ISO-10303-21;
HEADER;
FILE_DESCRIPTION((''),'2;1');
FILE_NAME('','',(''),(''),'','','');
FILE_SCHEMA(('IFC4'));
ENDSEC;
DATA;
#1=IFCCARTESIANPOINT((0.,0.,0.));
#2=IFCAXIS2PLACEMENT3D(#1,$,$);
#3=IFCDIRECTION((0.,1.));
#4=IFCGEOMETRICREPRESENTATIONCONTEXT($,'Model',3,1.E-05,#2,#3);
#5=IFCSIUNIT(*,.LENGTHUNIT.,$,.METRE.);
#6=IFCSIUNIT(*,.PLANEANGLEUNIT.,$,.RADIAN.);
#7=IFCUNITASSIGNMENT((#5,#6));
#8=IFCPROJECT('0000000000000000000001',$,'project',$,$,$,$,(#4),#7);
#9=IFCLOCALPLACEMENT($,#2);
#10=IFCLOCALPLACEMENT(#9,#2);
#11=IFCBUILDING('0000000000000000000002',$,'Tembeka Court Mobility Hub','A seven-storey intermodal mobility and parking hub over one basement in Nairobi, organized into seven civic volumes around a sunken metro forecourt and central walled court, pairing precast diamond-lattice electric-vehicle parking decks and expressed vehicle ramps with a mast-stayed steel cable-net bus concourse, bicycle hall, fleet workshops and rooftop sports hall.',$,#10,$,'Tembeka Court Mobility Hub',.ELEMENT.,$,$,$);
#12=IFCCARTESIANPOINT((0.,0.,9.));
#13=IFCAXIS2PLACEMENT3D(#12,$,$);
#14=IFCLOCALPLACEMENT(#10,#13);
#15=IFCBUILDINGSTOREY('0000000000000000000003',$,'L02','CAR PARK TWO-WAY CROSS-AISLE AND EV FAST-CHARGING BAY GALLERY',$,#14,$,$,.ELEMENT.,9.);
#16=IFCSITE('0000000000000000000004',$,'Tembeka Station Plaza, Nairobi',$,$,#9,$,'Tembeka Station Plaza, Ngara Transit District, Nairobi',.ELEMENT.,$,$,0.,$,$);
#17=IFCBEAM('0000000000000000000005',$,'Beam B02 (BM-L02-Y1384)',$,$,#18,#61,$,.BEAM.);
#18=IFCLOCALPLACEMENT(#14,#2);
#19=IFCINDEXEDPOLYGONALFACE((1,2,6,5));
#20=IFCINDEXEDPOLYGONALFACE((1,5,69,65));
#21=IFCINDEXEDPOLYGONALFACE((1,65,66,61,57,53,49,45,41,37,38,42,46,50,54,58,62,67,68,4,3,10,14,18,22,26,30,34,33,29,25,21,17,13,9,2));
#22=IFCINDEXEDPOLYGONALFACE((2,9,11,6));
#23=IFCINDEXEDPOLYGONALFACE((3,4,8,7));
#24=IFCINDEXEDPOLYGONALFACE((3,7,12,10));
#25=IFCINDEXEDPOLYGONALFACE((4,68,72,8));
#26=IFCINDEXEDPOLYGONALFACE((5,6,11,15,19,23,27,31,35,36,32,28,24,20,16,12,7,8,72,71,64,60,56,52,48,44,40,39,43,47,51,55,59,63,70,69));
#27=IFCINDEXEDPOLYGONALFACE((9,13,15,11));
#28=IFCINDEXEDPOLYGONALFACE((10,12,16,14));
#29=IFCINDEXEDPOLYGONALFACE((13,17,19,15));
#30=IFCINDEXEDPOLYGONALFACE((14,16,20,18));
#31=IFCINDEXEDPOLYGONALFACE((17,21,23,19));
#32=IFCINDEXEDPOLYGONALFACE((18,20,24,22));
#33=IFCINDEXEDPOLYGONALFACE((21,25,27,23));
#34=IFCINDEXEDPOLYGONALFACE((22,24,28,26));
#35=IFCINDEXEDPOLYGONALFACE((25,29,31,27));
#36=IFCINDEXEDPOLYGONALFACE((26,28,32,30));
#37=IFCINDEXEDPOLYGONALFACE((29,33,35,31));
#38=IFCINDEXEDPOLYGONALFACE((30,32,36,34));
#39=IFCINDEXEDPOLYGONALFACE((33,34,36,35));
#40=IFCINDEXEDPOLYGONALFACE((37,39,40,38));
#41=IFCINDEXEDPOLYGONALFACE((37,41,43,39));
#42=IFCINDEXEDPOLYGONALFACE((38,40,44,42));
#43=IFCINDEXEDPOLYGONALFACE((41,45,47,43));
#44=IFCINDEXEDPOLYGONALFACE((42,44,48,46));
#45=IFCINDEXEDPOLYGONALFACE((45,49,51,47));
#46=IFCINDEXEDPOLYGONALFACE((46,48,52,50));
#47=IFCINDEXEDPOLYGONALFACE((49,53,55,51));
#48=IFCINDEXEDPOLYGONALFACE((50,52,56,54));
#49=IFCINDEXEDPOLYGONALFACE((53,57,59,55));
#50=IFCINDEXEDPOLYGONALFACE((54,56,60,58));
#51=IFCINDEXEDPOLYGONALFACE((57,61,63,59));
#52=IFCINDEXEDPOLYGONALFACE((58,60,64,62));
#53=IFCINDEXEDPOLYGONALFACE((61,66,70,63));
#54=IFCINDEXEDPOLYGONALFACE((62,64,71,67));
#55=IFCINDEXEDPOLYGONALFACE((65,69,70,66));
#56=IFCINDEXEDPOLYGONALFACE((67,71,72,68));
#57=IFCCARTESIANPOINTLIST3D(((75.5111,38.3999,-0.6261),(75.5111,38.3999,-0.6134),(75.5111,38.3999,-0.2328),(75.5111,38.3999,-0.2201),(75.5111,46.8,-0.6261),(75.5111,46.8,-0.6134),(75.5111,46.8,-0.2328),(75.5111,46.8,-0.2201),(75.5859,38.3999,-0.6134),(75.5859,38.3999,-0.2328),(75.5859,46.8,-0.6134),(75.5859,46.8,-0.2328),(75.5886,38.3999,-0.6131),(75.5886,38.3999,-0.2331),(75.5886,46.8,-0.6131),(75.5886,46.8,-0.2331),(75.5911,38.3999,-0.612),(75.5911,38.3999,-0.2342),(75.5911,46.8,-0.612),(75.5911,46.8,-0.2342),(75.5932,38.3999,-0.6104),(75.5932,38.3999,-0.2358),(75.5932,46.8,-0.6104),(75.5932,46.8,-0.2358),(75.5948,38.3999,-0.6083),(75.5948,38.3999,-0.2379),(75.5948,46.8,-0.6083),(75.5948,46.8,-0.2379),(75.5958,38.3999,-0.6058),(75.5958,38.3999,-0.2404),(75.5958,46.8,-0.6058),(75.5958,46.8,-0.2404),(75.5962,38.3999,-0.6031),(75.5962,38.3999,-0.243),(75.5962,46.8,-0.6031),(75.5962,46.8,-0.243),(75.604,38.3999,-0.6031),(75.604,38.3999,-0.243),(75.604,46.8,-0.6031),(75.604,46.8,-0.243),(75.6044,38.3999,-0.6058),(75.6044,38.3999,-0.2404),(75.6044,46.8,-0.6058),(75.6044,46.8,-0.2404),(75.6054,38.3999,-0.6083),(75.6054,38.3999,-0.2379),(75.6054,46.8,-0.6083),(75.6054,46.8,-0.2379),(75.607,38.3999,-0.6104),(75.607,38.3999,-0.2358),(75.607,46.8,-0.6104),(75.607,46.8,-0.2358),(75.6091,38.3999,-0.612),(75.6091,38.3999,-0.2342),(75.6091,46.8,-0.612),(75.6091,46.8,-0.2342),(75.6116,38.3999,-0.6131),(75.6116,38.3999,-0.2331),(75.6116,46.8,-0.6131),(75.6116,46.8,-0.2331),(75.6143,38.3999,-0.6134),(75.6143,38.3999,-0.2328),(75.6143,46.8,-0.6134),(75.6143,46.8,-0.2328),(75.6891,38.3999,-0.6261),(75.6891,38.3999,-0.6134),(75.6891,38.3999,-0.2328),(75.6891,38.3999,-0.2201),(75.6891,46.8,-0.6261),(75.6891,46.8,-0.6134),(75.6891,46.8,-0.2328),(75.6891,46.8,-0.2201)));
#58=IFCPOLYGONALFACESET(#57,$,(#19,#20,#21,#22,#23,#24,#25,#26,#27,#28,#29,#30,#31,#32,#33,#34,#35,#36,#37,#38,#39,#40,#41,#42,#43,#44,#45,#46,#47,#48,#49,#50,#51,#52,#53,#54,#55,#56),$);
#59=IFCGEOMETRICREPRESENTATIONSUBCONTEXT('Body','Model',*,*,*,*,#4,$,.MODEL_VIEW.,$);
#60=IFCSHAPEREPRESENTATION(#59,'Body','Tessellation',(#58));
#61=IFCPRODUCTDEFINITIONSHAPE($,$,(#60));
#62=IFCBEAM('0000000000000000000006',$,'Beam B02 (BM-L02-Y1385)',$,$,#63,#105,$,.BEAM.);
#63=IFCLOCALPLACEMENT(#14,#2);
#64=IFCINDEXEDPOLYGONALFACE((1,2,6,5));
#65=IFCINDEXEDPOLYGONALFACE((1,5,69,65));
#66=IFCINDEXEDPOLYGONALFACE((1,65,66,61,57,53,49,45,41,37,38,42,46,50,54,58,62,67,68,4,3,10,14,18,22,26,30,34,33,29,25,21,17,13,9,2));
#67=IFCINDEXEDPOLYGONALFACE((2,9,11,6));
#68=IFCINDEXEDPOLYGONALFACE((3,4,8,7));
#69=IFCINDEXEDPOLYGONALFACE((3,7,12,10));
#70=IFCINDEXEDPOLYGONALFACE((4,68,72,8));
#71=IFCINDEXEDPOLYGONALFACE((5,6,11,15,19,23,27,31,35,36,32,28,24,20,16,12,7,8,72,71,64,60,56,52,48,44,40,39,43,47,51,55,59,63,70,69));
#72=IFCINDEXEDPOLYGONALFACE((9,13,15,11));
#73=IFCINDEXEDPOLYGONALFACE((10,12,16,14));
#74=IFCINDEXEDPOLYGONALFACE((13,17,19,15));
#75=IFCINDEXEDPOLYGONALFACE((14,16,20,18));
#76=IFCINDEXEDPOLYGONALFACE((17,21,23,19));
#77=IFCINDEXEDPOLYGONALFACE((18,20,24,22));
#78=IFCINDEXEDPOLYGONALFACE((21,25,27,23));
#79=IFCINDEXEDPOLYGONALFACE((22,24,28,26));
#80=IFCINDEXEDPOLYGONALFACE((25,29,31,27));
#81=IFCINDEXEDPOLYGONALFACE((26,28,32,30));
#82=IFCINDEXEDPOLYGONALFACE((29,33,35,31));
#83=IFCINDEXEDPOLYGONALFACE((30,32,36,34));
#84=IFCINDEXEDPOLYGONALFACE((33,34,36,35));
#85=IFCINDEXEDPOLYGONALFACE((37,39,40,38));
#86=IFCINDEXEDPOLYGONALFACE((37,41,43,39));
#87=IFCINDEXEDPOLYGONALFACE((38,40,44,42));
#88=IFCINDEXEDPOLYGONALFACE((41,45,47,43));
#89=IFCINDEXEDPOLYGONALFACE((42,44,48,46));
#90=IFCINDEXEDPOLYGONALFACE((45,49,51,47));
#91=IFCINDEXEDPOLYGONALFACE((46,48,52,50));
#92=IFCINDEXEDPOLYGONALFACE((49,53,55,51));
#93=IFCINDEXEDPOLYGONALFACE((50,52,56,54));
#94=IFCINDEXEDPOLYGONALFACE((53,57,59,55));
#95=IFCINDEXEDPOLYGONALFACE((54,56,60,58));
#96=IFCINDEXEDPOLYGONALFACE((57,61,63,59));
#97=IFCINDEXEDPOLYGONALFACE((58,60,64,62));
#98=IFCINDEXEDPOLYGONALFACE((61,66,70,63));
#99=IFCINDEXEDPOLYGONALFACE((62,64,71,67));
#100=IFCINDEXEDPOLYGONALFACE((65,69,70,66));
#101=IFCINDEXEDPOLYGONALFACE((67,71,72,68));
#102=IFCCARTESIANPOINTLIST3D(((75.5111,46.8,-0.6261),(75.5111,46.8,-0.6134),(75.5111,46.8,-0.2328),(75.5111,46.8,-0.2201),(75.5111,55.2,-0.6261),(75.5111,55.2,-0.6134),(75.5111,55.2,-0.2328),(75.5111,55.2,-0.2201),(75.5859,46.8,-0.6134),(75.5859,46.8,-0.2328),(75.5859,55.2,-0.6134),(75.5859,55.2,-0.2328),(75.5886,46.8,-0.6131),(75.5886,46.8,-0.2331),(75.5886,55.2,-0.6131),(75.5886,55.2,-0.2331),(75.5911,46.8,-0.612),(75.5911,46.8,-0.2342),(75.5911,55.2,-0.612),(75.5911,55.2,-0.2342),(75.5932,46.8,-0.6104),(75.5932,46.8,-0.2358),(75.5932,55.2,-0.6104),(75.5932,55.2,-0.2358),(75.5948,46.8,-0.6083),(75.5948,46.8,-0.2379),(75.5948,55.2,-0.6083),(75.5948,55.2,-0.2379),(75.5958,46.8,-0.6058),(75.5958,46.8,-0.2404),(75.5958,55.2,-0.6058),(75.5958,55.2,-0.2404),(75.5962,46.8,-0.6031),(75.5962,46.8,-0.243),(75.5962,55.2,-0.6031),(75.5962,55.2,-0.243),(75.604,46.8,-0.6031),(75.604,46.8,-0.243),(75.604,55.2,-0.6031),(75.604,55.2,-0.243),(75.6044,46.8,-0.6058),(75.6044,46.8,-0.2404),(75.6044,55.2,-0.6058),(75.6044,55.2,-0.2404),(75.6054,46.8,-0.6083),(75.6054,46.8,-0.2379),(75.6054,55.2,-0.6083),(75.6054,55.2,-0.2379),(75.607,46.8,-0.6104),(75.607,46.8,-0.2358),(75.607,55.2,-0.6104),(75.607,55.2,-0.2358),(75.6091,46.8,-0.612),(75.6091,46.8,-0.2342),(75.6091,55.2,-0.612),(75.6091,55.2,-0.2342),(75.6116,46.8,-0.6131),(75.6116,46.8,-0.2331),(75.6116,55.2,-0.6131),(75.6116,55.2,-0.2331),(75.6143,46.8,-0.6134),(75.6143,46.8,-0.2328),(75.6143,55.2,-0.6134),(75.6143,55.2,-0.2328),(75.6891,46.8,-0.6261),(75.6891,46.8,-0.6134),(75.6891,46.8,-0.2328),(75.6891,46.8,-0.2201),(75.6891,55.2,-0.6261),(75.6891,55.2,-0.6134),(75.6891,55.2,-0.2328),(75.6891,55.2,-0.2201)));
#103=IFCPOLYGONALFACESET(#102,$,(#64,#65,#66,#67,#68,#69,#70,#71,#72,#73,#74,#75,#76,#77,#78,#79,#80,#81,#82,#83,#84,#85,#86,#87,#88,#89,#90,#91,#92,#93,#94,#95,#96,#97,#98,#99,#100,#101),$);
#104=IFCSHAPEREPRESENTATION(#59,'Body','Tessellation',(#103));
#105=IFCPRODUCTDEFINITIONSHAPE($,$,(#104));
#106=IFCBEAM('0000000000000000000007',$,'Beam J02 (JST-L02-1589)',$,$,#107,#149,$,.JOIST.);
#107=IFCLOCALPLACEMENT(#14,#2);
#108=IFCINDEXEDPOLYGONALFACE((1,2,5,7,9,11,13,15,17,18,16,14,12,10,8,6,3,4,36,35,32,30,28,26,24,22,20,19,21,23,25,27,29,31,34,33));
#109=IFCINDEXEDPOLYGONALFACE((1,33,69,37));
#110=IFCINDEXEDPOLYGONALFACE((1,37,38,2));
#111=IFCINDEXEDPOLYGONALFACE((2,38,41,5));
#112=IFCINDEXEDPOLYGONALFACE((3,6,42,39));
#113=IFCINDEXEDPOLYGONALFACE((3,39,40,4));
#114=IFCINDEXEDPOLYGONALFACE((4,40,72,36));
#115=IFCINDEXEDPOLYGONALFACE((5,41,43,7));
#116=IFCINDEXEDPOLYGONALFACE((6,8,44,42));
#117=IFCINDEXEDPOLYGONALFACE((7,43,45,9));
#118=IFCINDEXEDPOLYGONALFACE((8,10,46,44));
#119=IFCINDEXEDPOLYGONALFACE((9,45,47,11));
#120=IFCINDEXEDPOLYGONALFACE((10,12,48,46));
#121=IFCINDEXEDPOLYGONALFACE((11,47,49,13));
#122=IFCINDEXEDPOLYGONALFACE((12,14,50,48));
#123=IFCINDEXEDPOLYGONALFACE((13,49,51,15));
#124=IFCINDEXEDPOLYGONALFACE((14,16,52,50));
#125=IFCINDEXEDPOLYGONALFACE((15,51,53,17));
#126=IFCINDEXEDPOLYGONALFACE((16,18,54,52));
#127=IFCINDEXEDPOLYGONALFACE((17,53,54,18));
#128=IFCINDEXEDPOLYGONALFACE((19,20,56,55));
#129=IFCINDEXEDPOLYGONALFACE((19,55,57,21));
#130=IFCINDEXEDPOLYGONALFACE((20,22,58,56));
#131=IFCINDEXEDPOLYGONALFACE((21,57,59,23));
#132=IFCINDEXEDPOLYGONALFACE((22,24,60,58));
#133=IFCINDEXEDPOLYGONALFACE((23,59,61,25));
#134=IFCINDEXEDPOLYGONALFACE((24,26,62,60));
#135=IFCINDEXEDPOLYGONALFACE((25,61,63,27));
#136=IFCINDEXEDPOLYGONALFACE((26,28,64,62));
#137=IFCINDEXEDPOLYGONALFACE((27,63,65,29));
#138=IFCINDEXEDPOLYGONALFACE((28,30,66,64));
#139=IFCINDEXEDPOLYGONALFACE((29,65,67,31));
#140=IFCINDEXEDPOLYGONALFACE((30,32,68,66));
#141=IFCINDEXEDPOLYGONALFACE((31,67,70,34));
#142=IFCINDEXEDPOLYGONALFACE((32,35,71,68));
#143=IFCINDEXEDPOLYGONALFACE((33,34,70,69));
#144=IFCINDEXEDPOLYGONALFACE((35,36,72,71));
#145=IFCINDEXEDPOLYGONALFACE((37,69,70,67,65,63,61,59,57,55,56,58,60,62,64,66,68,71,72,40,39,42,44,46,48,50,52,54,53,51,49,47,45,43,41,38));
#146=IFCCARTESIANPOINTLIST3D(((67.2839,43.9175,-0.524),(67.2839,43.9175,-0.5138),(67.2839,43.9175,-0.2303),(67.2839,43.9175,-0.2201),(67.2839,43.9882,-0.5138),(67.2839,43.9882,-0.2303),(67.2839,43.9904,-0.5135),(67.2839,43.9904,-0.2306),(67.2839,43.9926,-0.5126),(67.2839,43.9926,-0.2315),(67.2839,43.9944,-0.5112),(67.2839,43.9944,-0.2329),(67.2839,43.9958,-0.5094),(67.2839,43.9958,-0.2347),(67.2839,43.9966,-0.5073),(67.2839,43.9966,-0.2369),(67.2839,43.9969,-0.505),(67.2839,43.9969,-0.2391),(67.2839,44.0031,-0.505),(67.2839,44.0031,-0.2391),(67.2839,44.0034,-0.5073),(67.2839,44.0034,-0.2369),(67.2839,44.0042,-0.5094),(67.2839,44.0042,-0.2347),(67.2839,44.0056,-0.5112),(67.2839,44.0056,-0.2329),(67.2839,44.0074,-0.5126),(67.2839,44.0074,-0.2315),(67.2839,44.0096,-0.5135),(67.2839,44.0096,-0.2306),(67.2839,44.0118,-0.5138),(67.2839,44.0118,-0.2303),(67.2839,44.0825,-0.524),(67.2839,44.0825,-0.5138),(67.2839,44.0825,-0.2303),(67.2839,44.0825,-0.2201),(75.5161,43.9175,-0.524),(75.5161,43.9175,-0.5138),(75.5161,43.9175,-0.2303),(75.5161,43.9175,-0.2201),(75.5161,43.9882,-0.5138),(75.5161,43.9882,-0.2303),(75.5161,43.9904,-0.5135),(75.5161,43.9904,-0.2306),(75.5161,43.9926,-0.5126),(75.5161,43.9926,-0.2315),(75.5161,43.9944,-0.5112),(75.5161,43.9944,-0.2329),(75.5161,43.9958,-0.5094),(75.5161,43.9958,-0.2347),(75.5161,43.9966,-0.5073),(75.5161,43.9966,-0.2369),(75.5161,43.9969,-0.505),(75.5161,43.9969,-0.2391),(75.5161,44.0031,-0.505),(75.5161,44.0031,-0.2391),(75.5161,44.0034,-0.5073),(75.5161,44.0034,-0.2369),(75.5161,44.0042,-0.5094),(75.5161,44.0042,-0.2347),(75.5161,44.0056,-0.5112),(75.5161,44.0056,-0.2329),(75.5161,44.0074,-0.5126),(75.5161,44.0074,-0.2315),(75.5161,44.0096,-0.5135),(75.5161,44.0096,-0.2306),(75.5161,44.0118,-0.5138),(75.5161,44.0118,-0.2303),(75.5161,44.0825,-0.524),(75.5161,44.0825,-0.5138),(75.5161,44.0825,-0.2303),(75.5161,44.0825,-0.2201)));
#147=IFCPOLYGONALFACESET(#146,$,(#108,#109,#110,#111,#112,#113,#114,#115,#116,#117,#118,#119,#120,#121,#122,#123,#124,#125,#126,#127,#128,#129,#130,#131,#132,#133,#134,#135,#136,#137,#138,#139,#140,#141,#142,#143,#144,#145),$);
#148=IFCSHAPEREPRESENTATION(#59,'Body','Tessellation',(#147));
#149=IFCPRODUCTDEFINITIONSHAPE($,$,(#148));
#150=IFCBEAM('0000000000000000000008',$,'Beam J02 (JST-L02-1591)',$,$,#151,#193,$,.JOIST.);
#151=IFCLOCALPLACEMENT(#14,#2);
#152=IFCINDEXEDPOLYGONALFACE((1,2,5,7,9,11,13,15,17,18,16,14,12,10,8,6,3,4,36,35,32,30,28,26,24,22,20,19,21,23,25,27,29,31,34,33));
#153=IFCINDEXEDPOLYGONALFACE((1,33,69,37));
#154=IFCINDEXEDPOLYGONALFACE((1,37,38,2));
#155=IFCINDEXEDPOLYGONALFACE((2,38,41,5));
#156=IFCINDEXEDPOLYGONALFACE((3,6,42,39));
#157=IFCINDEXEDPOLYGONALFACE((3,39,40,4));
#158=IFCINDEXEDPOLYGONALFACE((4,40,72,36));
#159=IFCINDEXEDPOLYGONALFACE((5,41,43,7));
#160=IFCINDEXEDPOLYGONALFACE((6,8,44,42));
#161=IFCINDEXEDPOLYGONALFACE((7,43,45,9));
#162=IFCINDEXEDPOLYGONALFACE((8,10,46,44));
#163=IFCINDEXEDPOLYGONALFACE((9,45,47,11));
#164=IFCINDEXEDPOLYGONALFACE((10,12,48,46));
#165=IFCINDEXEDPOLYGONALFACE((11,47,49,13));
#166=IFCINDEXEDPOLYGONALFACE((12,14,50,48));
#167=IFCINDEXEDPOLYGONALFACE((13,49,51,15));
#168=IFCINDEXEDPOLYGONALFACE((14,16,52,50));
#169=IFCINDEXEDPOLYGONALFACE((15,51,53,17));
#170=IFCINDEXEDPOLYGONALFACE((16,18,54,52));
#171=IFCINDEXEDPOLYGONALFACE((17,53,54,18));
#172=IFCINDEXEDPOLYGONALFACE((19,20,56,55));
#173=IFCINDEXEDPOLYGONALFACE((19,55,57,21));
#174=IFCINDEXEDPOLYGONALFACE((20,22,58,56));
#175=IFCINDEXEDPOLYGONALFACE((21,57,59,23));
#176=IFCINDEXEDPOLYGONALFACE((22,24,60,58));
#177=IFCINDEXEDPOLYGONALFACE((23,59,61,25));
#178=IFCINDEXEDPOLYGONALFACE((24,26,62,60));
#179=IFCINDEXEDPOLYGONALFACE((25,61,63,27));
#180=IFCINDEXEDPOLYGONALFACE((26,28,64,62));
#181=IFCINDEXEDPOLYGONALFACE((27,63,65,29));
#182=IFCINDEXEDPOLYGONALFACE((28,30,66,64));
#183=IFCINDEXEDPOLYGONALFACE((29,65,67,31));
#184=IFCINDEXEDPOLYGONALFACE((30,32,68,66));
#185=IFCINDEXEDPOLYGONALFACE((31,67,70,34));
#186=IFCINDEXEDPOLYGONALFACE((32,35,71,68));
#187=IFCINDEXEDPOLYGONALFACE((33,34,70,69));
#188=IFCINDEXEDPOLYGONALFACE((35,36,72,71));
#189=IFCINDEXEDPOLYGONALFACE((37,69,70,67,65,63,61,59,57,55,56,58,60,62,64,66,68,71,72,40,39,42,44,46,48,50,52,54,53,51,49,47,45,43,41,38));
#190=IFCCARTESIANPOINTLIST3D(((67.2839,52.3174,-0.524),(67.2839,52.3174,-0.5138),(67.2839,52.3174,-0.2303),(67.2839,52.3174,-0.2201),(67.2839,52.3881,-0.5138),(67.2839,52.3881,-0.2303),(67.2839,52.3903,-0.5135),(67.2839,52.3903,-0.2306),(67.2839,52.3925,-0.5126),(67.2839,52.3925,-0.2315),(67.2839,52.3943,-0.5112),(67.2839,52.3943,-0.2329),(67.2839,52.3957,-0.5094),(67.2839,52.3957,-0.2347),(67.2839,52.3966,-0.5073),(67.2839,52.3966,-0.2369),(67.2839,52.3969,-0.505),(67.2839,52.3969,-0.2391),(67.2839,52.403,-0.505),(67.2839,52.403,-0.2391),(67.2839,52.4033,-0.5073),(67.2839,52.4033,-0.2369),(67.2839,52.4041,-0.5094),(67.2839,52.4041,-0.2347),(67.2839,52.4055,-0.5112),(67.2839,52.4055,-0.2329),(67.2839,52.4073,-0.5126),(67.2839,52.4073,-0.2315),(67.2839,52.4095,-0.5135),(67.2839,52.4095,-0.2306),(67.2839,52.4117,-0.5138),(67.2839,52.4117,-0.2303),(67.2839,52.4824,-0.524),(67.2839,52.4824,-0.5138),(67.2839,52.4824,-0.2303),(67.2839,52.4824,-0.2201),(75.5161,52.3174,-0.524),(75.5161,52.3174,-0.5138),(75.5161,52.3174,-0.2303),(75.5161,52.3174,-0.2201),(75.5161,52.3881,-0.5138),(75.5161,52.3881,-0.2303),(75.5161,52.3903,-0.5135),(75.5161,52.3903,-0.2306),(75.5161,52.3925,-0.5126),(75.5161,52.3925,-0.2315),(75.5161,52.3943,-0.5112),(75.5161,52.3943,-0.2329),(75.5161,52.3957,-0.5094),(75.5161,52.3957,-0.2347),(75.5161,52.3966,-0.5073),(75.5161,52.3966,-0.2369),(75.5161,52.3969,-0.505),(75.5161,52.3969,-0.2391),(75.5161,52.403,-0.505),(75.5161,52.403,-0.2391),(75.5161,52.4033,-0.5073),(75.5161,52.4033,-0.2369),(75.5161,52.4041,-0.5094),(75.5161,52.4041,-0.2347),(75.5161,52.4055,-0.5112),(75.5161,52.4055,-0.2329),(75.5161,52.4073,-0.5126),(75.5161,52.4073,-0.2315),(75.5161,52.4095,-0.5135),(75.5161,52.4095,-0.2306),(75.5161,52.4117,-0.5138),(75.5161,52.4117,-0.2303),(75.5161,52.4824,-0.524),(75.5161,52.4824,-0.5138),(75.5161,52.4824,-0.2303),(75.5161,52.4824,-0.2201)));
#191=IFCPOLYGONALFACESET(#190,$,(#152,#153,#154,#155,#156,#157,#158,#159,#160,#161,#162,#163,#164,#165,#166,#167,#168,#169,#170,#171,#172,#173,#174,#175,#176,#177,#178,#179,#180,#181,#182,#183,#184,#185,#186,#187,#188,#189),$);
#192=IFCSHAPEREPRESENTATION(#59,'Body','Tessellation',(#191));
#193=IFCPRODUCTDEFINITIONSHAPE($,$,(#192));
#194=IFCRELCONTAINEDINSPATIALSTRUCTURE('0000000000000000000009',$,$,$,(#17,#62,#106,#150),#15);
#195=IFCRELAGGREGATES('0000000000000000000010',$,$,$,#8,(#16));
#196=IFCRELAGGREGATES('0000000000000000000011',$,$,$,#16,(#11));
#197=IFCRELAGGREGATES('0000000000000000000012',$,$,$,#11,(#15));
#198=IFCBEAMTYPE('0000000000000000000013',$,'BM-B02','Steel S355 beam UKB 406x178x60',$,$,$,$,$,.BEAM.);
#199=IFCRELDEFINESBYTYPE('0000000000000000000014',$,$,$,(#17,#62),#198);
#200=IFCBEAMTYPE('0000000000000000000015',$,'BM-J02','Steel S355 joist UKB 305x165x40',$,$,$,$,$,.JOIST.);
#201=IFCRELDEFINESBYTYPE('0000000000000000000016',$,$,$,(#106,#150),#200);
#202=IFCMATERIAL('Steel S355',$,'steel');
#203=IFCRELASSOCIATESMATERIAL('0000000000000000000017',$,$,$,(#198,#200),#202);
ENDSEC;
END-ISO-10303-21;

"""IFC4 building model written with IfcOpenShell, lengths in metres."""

from ifc_helpers import new_model, si_unit, direction, frame, origin, origin_2d, place, context, subcontext, project, spatial, i_section, extrude, material, material_profile, profile_set, type_object, element, save


model = new_model("IFC4")

# Units and contexts
model_context = context("Model", 3, precision=1e-05, world=origin(), true_north=direction((0.0, 1.0)))
body_context = subcontext(model_context, "Body", "Model", "MODEL_VIEW")
ifc_project = project(units=[si_unit("LENGTHUNIT", "METRE"), si_unit("PLANEANGLEUNIT", "RADIAN")], contexts=[model_context])

# Site, building, storey
site_placement = place(None, origin())
site = spatial("IfcSite", under=ifc_project, at=site_placement, Name="Tembeka Station Plaza, Nairobi", LongName="Tembeka Station Plaza, Ngara Transit District, Nairobi", CompositionType="ELEMENT", RefElevation=0.0)
building_placement = place(site_placement, origin())
building = spatial("IfcBuilding", under=site, at=building_placement, Name="Tembeka Court Mobility Hub", Description="A seven-storey intermodal mobility and parking hub over one basement in Nairobi, organized into seven civic volumes around a sunken metro forecourt and central walled court, pairing precast diamond-lattice electric-vehicle parking decks and expressed vehicle ramps with a mast-stayed steel cable-net bus concourse, bicycle hall, fleet workshops and rooftop sports hall.", LongName="Tembeka Court Mobility Hub", CompositionType="ELEMENT")
storey_placement = place(building_placement, frame((0.0, 0.0, 9.0)))
storey = spatial("IfcBuildingStorey", under=building, at=storey_placement, Name="L02", Description="CAR PARK TWO-WAY CROSS-AISLE AND EV FAST-CHARGING BAY GALLERY", CompositionType="ELEMENT", Elevation=9.0)

# Shared definitions
ifc_material_1 = material(Name="Steel S355", Category="steel")

# Beams
ifc_material_profile_1 = material_profile(ifc_material_1, i_section(OverallWidth=0.178, OverallDepth=0.406, WebThickness=0.0078, FlangeThickness=0.0127, FilletRadius=0.0103, at=origin_2d()), Name="UKB 406x178x60")
ifc_profile_set_1 = profile_set([ifc_material_profile_1], Name="Steel S355")
beam_type_1 = type_object("IfcBeamType", Name="BM-B02", Description="Steel S355 beam UKB 406x178x60", PredefinedType="BEAM", material=ifc_profile_set_1)
beam_1_placement = place(storey_placement, frame((75.6001, 38.3999, -0.4231), z_axis=(0.0, 1.0, 0.0), x_axis=(-1.0, 0.0, 0.0)))
element("IfcBeam", 1, at=beam_1_placement, inside=storey, type_object=beam_type_1, Name="Beam B02 (BM-L02-Y1384)", PredefinedType="BEAM", context=body_context, shape_type="SweptSolid", body=[
    extrude(i_section(OverallWidth=0.178, OverallDepth=0.406, WebThickness=0.0078, FlangeThickness=0.0127, FilletRadius=0.0103, at=origin_2d()), origin(), (0.0, 0.0, 1.0), 8.4001),
])
beam_2_placement = place(storey_placement, frame((75.6001, 46.8, -0.4231), z_axis=(0.0, 1.0, 0.0), x_axis=(-1.0, 0.0, 0.0)))
element("IfcBeam", 2, at=beam_2_placement, inside=storey, type_object=beam_type_1, Name="Beam B02 (BM-L02-Y1385)", PredefinedType="BEAM", context=body_context, shape_type="SweptSolid", body=[
    extrude(i_section(OverallWidth=0.178, OverallDepth=0.406, WebThickness=0.0078, FlangeThickness=0.0127, FilletRadius=0.0103, at=origin_2d()), origin(), (0.0, 0.0, 1.0), 8.3999),
])
ifc_material_profile_2 = material_profile(ifc_material_1, i_section(OverallWidth=0.165, OverallDepth=0.304, WebThickness=0.0061, FlangeThickness=0.0103, FilletRadius=0.0088, at=origin_2d()), Name="UKB 305x165x40")
ifc_profile_set_2 = profile_set([ifc_material_profile_2], Name="Steel S355")
beam_type_2 = type_object("IfcBeamType", Name="BM-J02", Description="Steel S355 joist UKB 305x165x40", PredefinedType="JOIST", material=ifc_profile_set_2)
for number, where, z_axis, x_axis, name in (
    (3, (67.2839, 44.0, -0.3721), (1.0, 0.0, 0.0), (0.0, 1.0, 0.0), "Beam J02 (JST-L02-1589)"),
    (4, (67.2839, 52.3999, -0.3721), (1.0, 0.0, 0.0), (0.0, 1.0, 0.0), "Beam J02 (JST-L02-1591)"),
):
    element("IfcBeam", number, at=place(storey_placement, frame(where, z_axis=z_axis, x_axis=x_axis)), inside=storey, type_object=beam_type_2, Name=name, PredefinedType="JOIST", context=body_context, shape_type="SweptSolid", body=[
        extrude(i_section(OverallWidth=0.165, OverallDepth=0.304, WebThickness=0.0061, FlangeThickness=0.0103, FilletRadius=0.0088, at=origin_2d()), origin(), (0.0, 0.0, 1.0), 8.2322),
    ])

save(model, "model.ifc")
